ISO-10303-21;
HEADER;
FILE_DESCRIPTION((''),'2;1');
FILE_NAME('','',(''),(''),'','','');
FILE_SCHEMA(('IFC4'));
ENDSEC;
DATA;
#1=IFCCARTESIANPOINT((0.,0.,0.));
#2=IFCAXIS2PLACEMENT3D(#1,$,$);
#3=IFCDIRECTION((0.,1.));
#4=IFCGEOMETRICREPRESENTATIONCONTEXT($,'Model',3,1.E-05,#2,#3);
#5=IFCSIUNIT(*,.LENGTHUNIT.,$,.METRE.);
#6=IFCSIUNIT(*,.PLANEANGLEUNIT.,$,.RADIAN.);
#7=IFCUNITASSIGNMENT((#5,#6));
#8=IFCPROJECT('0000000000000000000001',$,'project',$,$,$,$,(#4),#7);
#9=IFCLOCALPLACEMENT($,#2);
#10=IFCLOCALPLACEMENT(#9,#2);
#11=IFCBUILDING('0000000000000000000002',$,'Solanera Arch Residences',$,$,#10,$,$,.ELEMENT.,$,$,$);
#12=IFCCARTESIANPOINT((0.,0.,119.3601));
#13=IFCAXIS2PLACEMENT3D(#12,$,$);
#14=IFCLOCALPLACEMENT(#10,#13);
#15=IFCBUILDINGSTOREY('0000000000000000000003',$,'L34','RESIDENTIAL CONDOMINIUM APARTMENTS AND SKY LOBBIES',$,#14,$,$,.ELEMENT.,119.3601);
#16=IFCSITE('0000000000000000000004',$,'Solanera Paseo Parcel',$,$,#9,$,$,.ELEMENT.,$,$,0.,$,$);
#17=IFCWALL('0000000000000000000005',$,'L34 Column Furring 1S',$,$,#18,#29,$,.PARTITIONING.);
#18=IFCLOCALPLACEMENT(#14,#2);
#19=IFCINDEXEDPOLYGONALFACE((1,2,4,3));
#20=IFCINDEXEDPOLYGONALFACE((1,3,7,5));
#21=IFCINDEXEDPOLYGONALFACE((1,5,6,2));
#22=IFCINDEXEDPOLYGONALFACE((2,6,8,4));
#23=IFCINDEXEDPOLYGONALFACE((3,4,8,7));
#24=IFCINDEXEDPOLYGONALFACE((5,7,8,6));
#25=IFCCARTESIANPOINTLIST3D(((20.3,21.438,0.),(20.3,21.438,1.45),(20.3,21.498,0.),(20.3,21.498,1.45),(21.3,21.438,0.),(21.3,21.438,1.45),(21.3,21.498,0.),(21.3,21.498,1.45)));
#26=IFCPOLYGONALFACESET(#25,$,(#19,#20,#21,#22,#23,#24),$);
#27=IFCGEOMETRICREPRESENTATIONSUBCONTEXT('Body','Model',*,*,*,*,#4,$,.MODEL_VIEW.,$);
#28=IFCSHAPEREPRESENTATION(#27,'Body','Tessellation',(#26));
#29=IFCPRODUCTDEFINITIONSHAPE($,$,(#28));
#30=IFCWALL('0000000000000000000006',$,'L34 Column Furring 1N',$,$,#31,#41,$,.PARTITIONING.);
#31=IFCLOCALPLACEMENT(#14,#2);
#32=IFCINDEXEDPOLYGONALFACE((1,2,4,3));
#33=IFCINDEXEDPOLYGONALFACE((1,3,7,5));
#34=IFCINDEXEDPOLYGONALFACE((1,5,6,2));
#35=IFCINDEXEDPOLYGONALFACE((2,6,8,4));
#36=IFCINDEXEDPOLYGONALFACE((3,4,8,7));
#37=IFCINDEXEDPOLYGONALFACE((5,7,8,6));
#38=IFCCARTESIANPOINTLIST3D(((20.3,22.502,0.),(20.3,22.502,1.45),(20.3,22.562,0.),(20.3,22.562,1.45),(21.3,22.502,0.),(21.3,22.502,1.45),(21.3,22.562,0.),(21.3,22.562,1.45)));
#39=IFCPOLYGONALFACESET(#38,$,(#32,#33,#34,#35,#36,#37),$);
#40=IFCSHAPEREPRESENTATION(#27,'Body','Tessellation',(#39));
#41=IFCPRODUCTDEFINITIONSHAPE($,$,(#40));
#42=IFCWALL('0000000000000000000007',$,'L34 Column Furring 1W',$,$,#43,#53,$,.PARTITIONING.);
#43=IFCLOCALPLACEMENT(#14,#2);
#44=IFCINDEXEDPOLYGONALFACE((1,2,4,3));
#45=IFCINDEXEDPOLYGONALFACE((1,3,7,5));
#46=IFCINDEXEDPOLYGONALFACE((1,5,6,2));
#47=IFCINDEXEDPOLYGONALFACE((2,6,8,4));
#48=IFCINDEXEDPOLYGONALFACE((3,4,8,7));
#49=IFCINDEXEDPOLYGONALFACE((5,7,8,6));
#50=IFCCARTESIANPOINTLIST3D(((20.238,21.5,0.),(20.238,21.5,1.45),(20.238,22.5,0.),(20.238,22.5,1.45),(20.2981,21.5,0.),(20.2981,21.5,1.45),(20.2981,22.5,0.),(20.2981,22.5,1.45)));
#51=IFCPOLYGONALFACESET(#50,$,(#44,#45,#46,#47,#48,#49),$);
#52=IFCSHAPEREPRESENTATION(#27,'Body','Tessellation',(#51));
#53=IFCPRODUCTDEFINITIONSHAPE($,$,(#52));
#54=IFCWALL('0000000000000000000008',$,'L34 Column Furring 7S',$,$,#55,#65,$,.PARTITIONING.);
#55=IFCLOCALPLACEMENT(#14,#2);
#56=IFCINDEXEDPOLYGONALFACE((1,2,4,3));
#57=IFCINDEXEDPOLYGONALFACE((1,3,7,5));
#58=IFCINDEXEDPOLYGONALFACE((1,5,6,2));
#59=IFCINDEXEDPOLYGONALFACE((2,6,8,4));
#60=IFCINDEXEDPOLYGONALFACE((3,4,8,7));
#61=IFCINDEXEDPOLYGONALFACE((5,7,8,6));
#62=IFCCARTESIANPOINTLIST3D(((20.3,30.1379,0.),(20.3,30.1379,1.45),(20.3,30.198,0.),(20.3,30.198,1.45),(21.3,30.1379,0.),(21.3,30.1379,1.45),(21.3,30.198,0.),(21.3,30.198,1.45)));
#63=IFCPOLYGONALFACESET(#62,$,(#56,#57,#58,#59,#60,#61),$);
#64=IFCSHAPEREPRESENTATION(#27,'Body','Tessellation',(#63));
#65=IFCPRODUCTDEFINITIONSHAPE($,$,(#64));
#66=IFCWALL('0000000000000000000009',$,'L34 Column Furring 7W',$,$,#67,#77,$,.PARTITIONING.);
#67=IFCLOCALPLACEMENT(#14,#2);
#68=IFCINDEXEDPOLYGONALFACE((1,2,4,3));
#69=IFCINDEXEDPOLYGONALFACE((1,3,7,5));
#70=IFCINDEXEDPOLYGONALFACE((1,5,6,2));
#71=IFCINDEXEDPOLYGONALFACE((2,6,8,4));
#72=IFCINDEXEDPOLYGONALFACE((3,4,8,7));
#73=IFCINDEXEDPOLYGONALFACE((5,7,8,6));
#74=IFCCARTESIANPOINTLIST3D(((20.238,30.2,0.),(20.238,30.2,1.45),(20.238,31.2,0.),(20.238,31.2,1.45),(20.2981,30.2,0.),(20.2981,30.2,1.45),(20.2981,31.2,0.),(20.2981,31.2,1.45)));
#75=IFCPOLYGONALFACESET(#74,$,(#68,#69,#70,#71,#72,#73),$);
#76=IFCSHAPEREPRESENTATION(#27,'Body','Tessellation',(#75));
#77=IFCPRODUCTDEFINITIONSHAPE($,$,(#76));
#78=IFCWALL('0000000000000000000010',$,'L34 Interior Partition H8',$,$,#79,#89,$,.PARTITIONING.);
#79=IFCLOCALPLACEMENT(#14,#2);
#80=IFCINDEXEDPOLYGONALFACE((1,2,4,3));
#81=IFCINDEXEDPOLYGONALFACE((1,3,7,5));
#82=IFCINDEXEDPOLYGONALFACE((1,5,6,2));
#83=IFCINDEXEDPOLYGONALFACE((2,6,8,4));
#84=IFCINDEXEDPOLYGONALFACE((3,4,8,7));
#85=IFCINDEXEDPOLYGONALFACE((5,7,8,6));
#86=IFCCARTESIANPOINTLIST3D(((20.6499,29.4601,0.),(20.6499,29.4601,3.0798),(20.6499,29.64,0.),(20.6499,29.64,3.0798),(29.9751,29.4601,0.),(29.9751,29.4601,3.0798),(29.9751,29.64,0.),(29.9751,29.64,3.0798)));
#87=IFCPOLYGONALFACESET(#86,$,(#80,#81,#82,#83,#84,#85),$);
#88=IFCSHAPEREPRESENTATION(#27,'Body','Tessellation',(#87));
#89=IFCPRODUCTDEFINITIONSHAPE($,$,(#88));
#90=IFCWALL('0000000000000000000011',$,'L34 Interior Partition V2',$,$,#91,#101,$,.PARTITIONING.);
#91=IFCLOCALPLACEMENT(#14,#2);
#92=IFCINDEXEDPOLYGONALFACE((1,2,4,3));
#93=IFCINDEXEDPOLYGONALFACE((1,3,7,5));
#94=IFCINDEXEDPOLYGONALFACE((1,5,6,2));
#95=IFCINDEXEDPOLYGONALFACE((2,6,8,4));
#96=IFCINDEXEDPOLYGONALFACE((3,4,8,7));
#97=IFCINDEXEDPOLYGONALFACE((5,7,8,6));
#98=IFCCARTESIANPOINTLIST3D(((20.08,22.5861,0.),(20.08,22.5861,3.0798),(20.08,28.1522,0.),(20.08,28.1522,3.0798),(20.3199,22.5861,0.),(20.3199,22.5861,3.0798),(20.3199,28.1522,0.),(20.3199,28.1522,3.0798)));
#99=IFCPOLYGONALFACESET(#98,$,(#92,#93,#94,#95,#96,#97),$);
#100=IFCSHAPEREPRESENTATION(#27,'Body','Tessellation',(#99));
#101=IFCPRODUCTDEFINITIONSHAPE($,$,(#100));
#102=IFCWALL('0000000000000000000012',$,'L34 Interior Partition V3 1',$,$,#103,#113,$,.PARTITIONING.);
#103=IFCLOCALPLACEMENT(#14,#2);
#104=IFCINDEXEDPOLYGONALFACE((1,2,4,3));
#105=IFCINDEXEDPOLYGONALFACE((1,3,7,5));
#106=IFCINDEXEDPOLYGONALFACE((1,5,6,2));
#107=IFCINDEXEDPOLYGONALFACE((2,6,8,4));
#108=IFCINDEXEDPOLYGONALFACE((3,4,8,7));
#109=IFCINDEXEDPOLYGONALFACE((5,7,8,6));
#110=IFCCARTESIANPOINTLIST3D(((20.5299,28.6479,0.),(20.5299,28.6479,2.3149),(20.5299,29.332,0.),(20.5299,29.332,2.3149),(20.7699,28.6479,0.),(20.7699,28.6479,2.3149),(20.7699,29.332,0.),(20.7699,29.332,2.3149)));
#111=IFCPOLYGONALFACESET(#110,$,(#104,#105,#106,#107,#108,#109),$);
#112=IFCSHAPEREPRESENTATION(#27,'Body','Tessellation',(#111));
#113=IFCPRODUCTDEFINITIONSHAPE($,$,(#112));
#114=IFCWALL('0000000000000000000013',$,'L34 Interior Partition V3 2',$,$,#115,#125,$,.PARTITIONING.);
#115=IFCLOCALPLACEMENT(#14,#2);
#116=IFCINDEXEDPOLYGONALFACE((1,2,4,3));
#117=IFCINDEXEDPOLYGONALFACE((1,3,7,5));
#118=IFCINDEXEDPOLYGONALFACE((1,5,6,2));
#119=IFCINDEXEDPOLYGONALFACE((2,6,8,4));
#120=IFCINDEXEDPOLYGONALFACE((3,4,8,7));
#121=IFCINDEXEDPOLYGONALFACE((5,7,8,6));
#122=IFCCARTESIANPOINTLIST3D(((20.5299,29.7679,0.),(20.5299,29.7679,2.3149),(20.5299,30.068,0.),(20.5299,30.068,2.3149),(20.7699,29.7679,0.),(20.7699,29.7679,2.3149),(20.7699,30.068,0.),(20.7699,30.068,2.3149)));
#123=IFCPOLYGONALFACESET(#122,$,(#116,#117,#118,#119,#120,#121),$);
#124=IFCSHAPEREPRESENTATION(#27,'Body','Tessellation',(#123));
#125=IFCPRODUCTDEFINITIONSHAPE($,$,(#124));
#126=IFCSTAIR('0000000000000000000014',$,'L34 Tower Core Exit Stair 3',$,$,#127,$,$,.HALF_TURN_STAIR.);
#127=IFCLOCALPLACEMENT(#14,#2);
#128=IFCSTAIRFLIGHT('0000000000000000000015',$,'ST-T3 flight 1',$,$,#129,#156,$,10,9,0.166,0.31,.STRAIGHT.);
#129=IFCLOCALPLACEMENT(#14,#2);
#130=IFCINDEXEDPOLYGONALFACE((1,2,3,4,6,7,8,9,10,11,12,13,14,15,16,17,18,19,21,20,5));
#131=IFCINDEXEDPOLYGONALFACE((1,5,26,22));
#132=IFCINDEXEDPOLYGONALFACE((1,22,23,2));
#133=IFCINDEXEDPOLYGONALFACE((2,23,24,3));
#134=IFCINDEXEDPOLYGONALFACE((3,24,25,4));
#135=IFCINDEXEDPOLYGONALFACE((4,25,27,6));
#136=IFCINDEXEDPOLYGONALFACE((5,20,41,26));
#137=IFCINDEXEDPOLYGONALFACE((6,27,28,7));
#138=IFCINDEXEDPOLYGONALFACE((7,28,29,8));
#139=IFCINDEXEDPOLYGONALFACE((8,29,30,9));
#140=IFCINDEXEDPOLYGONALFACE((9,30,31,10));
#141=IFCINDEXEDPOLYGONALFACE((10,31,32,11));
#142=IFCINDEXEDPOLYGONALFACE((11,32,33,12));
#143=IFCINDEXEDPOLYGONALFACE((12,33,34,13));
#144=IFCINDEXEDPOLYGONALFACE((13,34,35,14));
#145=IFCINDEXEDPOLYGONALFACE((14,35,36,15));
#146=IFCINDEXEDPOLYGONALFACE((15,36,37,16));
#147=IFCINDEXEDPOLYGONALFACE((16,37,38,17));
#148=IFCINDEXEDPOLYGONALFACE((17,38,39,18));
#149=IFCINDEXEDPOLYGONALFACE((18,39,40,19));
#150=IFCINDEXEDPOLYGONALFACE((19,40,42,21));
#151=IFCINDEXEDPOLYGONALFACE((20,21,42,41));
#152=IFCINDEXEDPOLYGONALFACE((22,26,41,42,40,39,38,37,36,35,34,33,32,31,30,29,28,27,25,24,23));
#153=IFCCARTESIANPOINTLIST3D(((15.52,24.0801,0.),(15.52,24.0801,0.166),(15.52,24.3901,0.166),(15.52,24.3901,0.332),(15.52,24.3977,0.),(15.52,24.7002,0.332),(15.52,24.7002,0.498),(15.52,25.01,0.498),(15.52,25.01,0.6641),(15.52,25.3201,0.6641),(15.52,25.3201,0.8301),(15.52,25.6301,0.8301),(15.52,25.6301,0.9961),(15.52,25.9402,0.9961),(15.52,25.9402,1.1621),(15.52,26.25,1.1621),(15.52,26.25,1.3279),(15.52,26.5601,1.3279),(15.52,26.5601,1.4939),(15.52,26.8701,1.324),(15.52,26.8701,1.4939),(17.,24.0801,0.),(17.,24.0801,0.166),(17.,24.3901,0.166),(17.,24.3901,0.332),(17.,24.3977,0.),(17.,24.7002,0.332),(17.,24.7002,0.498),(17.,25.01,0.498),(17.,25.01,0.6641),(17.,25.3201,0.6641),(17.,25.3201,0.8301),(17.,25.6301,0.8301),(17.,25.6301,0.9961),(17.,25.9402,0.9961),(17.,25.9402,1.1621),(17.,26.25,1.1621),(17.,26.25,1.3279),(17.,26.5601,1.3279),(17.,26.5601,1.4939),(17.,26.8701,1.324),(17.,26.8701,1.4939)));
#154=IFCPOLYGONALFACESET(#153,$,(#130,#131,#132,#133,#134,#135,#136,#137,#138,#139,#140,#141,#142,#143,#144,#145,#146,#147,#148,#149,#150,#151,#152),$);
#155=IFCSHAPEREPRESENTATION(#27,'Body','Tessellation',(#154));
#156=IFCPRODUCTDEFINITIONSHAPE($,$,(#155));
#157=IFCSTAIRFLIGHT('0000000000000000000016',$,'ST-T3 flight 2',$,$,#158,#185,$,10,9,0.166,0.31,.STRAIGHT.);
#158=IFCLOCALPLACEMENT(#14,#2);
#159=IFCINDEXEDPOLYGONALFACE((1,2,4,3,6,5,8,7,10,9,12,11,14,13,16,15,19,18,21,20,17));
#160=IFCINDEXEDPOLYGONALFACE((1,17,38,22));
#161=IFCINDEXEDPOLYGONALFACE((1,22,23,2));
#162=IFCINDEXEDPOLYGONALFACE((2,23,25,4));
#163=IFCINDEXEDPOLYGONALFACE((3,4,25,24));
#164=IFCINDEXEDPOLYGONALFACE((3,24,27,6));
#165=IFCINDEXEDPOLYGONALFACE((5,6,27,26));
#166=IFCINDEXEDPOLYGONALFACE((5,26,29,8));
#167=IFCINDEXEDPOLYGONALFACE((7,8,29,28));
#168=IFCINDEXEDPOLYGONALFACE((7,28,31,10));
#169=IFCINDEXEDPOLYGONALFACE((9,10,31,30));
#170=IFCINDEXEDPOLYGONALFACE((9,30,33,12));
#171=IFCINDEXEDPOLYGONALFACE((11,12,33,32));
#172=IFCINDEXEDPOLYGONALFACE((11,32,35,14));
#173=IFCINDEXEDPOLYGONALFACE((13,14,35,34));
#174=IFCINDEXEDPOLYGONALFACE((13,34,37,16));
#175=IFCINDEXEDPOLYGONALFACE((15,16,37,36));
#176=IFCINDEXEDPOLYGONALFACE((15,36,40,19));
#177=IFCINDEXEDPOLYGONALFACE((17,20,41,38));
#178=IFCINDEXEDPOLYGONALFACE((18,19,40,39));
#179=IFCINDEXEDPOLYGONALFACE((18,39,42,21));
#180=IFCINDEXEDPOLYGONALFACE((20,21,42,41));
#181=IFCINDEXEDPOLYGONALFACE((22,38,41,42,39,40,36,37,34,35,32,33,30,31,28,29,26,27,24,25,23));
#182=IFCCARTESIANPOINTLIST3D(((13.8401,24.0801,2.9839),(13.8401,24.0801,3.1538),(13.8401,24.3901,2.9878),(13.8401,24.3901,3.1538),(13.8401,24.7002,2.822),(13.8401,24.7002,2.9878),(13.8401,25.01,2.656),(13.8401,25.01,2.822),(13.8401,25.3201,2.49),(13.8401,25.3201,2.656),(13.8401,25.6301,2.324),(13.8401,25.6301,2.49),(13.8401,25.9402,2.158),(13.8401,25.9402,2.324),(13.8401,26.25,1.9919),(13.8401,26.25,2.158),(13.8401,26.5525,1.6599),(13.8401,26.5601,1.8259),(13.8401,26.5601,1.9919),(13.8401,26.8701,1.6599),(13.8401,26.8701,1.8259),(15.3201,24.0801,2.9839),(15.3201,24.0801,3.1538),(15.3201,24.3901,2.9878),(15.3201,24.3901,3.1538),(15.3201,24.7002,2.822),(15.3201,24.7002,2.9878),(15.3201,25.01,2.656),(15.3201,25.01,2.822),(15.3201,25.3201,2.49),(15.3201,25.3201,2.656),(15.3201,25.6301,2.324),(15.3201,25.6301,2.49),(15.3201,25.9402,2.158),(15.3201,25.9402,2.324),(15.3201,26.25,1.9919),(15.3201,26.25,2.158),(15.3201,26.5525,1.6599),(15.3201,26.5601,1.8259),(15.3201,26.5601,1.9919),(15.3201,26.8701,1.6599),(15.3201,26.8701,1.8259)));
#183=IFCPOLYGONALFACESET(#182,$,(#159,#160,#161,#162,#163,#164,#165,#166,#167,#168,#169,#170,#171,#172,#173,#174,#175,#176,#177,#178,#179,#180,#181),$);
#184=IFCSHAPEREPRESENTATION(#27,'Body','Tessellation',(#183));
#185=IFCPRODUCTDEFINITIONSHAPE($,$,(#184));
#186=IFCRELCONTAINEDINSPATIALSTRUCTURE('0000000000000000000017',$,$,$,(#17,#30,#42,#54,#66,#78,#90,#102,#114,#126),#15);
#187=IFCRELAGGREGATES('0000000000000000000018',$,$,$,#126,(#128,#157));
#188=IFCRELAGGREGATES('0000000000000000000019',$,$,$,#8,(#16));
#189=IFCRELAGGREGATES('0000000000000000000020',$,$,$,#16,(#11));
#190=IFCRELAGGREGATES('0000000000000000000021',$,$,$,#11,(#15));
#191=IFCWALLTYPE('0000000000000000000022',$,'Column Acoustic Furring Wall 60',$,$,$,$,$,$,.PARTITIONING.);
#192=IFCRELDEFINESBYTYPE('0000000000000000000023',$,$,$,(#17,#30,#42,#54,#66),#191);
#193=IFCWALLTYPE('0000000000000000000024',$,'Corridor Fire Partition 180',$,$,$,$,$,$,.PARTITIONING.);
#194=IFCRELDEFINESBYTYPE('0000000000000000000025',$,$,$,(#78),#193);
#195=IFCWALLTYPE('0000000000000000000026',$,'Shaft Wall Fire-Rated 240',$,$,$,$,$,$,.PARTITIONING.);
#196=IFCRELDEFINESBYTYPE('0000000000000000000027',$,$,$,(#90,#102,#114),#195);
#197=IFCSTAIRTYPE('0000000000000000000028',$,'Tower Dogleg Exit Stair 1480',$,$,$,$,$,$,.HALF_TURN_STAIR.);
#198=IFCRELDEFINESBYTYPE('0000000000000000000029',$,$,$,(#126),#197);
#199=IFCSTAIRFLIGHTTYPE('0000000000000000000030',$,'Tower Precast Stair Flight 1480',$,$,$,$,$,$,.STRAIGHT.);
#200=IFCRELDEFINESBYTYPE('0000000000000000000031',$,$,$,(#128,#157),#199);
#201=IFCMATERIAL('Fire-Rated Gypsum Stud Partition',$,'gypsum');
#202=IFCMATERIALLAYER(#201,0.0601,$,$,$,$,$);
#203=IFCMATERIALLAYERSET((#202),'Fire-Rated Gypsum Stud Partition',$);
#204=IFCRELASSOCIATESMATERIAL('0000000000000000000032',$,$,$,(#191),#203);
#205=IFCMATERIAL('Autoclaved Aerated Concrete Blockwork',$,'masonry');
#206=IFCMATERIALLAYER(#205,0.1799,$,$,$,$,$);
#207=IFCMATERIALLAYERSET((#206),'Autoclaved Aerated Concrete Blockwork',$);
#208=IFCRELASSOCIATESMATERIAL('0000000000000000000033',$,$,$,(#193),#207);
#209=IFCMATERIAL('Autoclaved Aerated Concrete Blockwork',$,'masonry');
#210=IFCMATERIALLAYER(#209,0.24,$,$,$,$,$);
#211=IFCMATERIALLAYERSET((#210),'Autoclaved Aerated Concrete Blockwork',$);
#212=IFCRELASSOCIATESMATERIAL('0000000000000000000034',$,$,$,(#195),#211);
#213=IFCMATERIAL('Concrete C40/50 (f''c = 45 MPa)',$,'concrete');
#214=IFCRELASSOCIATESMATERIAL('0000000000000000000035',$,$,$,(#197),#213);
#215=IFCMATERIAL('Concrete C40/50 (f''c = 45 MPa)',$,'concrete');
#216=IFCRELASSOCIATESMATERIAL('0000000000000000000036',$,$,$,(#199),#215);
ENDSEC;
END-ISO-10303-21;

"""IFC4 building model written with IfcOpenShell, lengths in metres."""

from ifc_helpers import new_model, si_unit, direction, frame, frame_2d, origin, place, context, subcontext, project, spatial, polyline, rectangle, outline, extrude, material, layer, layer_set, type_object, element, aggregate, save


model = new_model("IFC4")

# Units and contexts
model_context = context("Model", 3, precision=1e-05, world=origin(), true_north=direction((0.0, 1.0)))
body_context = subcontext(model_context, "Body", "Model", "MODEL_VIEW")
ifc_project = project(units=[si_unit("LENGTHUNIT", "METRE"), si_unit("PLANEANGLEUNIT", "RADIAN")], contexts=[model_context])

# Site, building, storey
site_placement = place(None, origin())
site = spatial("IfcSite", under=ifc_project, at=site_placement, Name="Solanera Paseo Parcel", CompositionType="ELEMENT", RefElevation=0.0)
building_placement = place(site_placement, origin())
building = spatial("IfcBuilding", under=site, at=building_placement, Name="Solanera Arch Residences", CompositionType="ELEMENT")
storey_placement = place(building_placement, frame((0.0, 0.0, 119.3601)))
storey = spatial("IfcBuildingStorey", under=building, at=storey_placement, Name="L34", Description="RESIDENTIAL CONDOMINIUM APARTMENTS AND SKY LOBBIES", CompositionType="ELEMENT", Elevation=119.3601)

# Walls
ifc_material_1 = material(Name="Fire-Rated Gypsum Stud Partition", Category="gypsum")
ifc_layer_1 = layer(ifc_material_1, 0.0601)
ifc_layer_set_1 = layer_set([ifc_layer_1], Name="Fire-Rated Gypsum Stud Partition")
wall_type_1 = type_object("IfcWallType", Name="Column Acoustic Furring Wall 60", PredefinedType="PARTITIONING", material=ifc_layer_set_1)
for number, where, z_axis, x_axis, name in (
    (1, (20.3, 21.468, 0.0), (0.0, 0.0, 1.0), (1.0, 0.0, 0.0), "L34 Column Furring 1S"),
    (2, (20.3, 22.532, 0.0), (0.0, 0.0, 1.0), (1.0, 0.0, 0.0), "L34 Column Furring 1N"),
    (3, (20.2681, 21.5, 0.0), (0.0, 0.0, 1.0), (0.0, 1.0, 0.0), "L34 Column Furring 1W"),
    (4, (20.3, 30.168, 0.0), (0.0, 0.0, 1.0), (1.0, 0.0, 0.0), "L34 Column Furring 7S"),
    (5, (20.2681, 30.2, 0.0), (0.0, 0.0, 1.0), (0.0, 1.0, 0.0), "L34 Column Furring 7W"),
):
    element("IfcWall", number, at=place(storey_placement, frame(where, z_axis=z_axis, x_axis=x_axis)), inside=storey, type_object=wall_type_1, Name=name, PredefinedType="PARTITIONING", context=body_context, shape_type="SweptSolid", body=[
        extrude(rectangle(XDim=1.0, YDim=0.0601, at=frame_2d((0.5, 0.0))), origin(), (0.0, 0.0, 1.0), 1.45),
    ])

# Wall
ifc_material_2 = material(Name="Autoclaved Aerated Concrete Blockwork", Category="masonry")
ifc_layer_2 = layer(ifc_material_2, 0.1799)
ifc_layer_set_2 = layer_set([ifc_layer_2], Name="Autoclaved Aerated Concrete Blockwork")
wall_type_2 = type_object("IfcWallType", Name="Corridor Fire Partition 180", PredefinedType="PARTITIONING", material=ifc_layer_set_2)
wall_1_placement = place(storey_placement, frame((20.6499, 29.55, 0.0), z_axis=(0.0, 0.0, 1.0), x_axis=(1.0, 0.0, 0.0)))
element("IfcWall", 6, at=wall_1_placement, inside=storey, type_object=wall_type_2, Name="L34 Interior Partition H8", PredefinedType="PARTITIONING", context=body_context, shape_type="SweptSolid", body=[
    extrude(rectangle(XDim=9.3252, YDim=0.1799, at=frame_2d((4.6626, 0.0))), origin(), (0.0, 0.0, 1.0), 3.0798),
])

# Shared definitions
ifc_material_3 = material(Name="Autoclaved Aerated Concrete Blockwork", Category="masonry")
ifc_layer_3 = layer(ifc_material_3, 0.24)
ifc_layer_set_3 = layer_set([ifc_layer_3], Name="Autoclaved Aerated Concrete Blockwork")
wall_type_3 = type_object("IfcWallType", Name="Shaft Wall Fire-Rated 240", PredefinedType="PARTITIONING", material=ifc_layer_set_3)

# Walls
wall_2_placement = place(storey_placement, frame((20.2, 22.5859, 0.0), z_axis=(0.0, 0.0, 1.0), x_axis=(0.0, 1.0, 0.0)))
element("IfcWall", 7, at=wall_2_placement, inside=storey, type_object=wall_type_3, Name="L34 Interior Partition V2", PredefinedType="PARTITIONING", context=body_context, shape_type="SweptSolid", body=[
    extrude(rectangle(XDim=5.5662, YDim=0.24, at=frame_2d((2.7832, 0.0))), origin(), (0.0, 0.0, 1.0), 3.0798),
])
wall_3_placement = place(storey_placement, frame((20.6499, 28.6479, 0.0), z_axis=(0.0, 0.0, 1.0), x_axis=(0.0, 1.0, 0.0)))
element("IfcWall", 8, at=wall_3_placement, inside=storey, type_object=wall_type_3, Name="L34 Interior Partition V3 1", PredefinedType="PARTITIONING", context=body_context, shape_type="SweptSolid", body=[
    extrude(rectangle(XDim=0.6841, YDim=0.24, at=frame_2d((0.342, 0.0))), origin(), (0.0, 0.0, 1.0), 2.3149),
])
wall_4_placement = place(storey_placement, frame((20.6499, 29.7681, 0.0), z_axis=(0.0, 0.0, 1.0), x_axis=(0.0, 1.0, 0.0)))
element("IfcWall", 9, at=wall_4_placement, inside=storey, type_object=wall_type_3, Name="L34 Interior Partition V3 2", PredefinedType="PARTITIONING", context=body_context, shape_type="SweptSolid", body=[
    extrude(rectangle(XDim=0.3, YDim=0.24, at=frame_2d((0.1499, 0.0))), origin(), (0.0, 0.0, 1.0), 2.3149),
])

# Stair, stair flights
ifc_material_4 = material(Name="Concrete C40/50 (f'c = 45 MPa)", Category="concrete")
stair_type = type_object("IfcStairType", Name="Tower Dogleg Exit Stair 1480", PredefinedType="HALF_TURN_STAIR", material=ifc_material_4)
stair_placement = place(storey_placement, origin())
stair = element("IfcStair", 10, at=stair_placement, inside=storey, type_object=stair_type, Name="L34 Tower Core Exit Stair 3", PredefinedType="HALF_TURN_STAIR")
ifc_material_5 = material(Name="Concrete C40/50 (f'c = 45 MPa)", Category="concrete")
stair_flight_type = type_object("IfcStairFlightType", Name="Tower Precast Stair Flight 1480", PredefinedType="STRAIGHT", material=ifc_material_5)
stair_flight_1_placement = place(storey_placement, frame((16.26, 24.0801, 0.0), z_axis=(0.0, 0.0, 1.0), x_axis=(0.0, 1.0, 0.0)))
stair_flight_1 = element("IfcStairFlight", 11, at=stair_flight_1_placement, type_object=stair_flight_type, Name="ST-T3 flight 1", NumberOfRisers=10, NumberOfTreads=9, PredefinedType="STRAIGHT", RiserHeight=0.166, TreadLength=0.31, context=body_context, shape_type="SweptSolid", body=[
    extrude(outline(polyline([(0.0, 0.0), (0.0, 0.166), (0.3101, 0.166), (0.3101, 0.332), (0.6201, 0.332), (0.6201, 0.498), (0.9299, 0.498), (0.9299, 0.6641), (1.24, 0.6641), (1.24, 0.8301), (1.55, 0.8301), (1.55, 0.9961), (1.8601, 0.9961), (1.8601, 1.1621), (2.1699, 1.1621), (2.1699, 1.3279), (2.48, 1.3279), (2.48, 1.4939), (2.79, 1.4939), (2.79, 1.6599), (2.79, 1.324), (0.3176, 0.0), (0.0, 0.0)])), frame((0.0, 0.74, 0.0), z_axis=(0.0, -1.0, 0.0), x_axis=(1.0, 0.0, 0.0)), (0.0, 0.0, 1.0), 1.48),
])
stair_flight_2_placement = place(storey_placement, frame((14.5801, 26.8701, 1.6599), z_axis=(0.0, 0.0, 1.0), x_axis=(0.0, -1.0, 0.0)))
stair_flight_2 = element("IfcStairFlight", 12, at=stair_flight_2_placement, type_object=stair_flight_type, Name="ST-T3 flight 2", NumberOfRisers=10, NumberOfTreads=9, PredefinedType="STRAIGHT", RiserHeight=0.166, TreadLength=0.31, context=body_context, shape_type="SweptSolid", body=[
    extrude(outline(polyline([(0.0, 0.0), (0.0, 0.166), (0.3101, 0.166), (0.3101, 0.332), (0.6201, 0.332), (0.6201, 0.498), (0.9299, 0.498), (0.9299, 0.6641), (1.24, 0.6641), (1.24, 0.8301), (1.55, 0.8301), (1.55, 0.9961), (1.8601, 0.9961), (1.8601, 1.1621), (2.1699, 1.1621), (2.1699, 1.3279), (2.48, 1.3279), (2.48, 1.4939), (2.79, 1.4939), (2.79, 1.6599), (2.79, 1.324), (0.3176, 0.0), (0.0, 0.0)])), frame((0.0, 0.74, 0.0), z_axis=(0.0, -1.0, 0.0), x_axis=(1.0, 0.0, 0.0)), (0.0, 0.0, 1.0), 1.48),
])
aggregate(stair, [stair_flight_1, stair_flight_2])

save(model, "model.ifc")
